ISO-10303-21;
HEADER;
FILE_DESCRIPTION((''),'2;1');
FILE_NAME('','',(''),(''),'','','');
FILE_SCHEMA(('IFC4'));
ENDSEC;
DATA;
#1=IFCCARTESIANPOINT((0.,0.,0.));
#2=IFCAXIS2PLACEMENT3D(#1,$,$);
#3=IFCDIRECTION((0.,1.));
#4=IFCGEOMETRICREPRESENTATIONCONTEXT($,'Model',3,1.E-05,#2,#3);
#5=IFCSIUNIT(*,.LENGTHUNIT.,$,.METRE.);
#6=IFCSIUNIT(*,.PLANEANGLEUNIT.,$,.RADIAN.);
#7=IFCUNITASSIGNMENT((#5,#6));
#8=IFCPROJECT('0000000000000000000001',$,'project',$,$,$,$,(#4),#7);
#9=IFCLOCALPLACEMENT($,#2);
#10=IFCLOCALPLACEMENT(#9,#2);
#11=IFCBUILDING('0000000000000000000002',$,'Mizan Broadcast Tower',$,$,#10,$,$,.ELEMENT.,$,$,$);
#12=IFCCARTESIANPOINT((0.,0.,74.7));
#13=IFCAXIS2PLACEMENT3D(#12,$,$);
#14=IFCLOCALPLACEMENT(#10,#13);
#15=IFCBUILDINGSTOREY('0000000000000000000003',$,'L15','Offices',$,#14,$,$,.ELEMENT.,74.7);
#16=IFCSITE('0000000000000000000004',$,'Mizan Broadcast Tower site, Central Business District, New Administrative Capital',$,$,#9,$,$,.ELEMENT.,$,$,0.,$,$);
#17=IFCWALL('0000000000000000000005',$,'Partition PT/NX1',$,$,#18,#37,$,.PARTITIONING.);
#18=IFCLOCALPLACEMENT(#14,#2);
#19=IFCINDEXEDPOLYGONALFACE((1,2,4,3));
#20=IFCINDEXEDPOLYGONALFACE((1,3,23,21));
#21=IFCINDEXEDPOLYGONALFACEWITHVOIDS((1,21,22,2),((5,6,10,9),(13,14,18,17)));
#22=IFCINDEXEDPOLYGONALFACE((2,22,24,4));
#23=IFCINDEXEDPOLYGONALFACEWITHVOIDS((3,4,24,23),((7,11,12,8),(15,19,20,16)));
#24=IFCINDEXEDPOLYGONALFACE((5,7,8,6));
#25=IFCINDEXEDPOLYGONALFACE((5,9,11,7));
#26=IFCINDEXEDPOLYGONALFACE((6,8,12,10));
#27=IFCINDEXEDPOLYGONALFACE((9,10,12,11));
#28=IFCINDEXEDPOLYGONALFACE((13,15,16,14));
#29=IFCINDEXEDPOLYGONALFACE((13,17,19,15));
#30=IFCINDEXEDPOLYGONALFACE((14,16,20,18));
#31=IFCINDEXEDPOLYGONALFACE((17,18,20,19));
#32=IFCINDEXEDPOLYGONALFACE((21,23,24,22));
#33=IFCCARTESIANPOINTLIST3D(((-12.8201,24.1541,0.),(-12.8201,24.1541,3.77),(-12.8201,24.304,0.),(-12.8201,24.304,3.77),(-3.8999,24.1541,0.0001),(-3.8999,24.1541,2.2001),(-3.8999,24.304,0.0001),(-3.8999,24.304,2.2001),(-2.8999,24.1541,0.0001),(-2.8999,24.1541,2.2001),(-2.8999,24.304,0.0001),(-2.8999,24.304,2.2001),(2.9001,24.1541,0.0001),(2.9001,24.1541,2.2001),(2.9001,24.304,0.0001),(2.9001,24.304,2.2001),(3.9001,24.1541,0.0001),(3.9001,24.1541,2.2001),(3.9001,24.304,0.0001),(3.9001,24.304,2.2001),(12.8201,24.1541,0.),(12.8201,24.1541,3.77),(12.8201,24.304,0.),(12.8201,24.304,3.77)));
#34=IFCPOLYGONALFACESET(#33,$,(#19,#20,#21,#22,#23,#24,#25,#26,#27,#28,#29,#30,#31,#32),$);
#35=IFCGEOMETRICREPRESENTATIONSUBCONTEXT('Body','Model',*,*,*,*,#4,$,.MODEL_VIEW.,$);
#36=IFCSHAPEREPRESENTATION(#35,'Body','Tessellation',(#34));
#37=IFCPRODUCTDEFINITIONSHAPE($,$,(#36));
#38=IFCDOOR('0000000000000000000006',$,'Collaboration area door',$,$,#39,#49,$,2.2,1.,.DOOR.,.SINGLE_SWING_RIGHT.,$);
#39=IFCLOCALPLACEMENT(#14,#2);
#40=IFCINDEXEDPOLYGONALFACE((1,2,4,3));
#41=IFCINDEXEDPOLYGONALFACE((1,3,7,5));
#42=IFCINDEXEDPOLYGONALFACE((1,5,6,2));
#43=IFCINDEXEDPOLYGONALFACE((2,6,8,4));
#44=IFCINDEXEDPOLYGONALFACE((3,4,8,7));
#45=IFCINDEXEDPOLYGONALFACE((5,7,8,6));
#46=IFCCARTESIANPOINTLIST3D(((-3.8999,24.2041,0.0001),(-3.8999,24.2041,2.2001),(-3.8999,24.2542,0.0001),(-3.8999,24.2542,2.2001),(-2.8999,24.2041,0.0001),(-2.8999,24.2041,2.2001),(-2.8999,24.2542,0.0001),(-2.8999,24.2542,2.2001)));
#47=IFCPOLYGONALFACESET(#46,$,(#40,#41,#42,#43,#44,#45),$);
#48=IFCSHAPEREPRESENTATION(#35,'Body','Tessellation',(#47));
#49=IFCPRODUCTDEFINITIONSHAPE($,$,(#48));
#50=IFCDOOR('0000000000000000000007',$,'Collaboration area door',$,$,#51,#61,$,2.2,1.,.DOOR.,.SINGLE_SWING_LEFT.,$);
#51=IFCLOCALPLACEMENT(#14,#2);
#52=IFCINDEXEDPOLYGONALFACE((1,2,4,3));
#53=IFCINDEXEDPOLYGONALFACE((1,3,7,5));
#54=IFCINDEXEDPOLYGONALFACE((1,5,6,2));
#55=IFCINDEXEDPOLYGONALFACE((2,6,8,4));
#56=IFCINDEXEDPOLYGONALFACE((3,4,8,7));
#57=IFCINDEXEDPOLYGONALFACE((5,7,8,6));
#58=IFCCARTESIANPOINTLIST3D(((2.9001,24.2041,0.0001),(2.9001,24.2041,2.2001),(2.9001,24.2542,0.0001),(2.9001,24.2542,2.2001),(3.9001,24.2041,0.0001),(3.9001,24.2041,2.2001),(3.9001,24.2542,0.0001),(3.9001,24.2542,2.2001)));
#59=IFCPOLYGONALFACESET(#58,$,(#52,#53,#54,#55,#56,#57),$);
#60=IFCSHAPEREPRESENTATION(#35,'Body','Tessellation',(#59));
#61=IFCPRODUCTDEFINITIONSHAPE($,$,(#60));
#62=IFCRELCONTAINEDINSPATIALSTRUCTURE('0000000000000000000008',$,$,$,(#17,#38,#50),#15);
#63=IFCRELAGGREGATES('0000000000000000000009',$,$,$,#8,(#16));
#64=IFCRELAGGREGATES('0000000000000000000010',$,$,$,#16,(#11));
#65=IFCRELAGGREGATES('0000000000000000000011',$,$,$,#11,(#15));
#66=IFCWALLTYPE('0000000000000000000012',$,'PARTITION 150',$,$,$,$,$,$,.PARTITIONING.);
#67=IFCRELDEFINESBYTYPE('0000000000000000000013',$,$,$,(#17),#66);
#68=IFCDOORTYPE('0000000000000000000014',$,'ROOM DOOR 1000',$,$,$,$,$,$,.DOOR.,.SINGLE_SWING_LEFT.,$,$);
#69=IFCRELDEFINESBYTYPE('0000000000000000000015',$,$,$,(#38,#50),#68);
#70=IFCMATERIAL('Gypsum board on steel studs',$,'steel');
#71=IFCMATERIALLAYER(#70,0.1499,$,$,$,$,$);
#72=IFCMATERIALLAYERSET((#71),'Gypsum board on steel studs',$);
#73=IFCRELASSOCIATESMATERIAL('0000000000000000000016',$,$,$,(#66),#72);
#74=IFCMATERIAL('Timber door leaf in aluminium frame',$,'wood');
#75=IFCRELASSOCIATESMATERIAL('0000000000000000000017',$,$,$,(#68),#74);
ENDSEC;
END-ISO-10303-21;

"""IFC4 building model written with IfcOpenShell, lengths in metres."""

from ifc_helpers import new_model, si_unit, direction, frame, frame_2d, origin, place, context, subcontext, project, spatial, rectangle, extrude, material, layer, layer_set, type_object, element, fill, save


model = new_model("IFC4")

# Units and contexts
model_context = context("Model", 3, precision=1e-05, world=origin(), true_north=direction((0.0, 1.0)))
body_context = subcontext(model_context, "Body", "Model", "MODEL_VIEW")
ifc_project = project(units=[si_unit("LENGTHUNIT", "METRE"), si_unit("PLANEANGLEUNIT", "RADIAN")], contexts=[model_context])

# Site, building, storey
site_placement = place(None, origin())
site = spatial("IfcSite", under=ifc_project, at=site_placement, Name="Mizan Broadcast Tower site, Central Business District, New Administrative Capital", CompositionType="ELEMENT", RefElevation=0.0)
building_placement = place(site_placement, origin())
building = spatial("IfcBuilding", under=site, at=building_placement, Name="Mizan Broadcast Tower", CompositionType="ELEMENT")
storey_placement = place(building_placement, frame((0.0, 0.0, 74.7)))
storey = spatial("IfcBuildingStorey", under=building, at=storey_placement, Name="L15", Description="Offices", CompositionType="ELEMENT", Elevation=74.7)

# Wall, openings, doors
ifc_material_1 = material(Name="Gypsum board on steel studs", Category="steel")
ifc_layer_1 = layer(ifc_material_1, 0.1499)
ifc_layer_set_1 = layer_set([ifc_layer_1], Name="Gypsum board on steel studs")
wall_type = type_object("IfcWallType", Name="PARTITION 150", PredefinedType="PARTITIONING", material=ifc_layer_set_1)
wall_placement = place(storey_placement, frame((12.8201, 24.229, 0.0), z_axis=(0.0, 0.0, 1.0), x_axis=(-1.0, 0.0, 0.0)))
wall = element("IfcWall", 1, at=wall_placement, inside=storey, type_object=wall_type, Name="Partition PT/NX1", PredefinedType="PARTITIONING", context=body_context, shape_type="SweptSolid", body=[
    extrude(rectangle(XDim=25.6401, YDim=0.1499, at=frame_2d((12.8201, 0.0))), origin(), (0.0, 0.0, 1.0), 3.77),
])
opening_1_placement = place(wall_placement, frame((15.72, 0.0, 0.0)))
opening_1 = element("IfcOpeningElement", 2, at=opening_1_placement, cuts=wall, PredefinedType="OPENING", context=body_context, shape_type="SweptSolid", body=[
    extrude(rectangle(XDim=1.0, YDim=2.2, at=frame_2d((0.5, 1.1001))), frame((0.0, 0.085, 0.0), z_axis=(0.0, -1.0, 0.0), x_axis=(1.0, 0.0, 0.0)), (0.0, 0.0, 1.0), 0.1699),
])
opening_2_placement = place(wall_placement, frame((8.9199, 0.0, 0.0)))
opening_2 = element("IfcOpeningElement", 3, at=opening_2_placement, cuts=wall, PredefinedType="OPENING", context=body_context, shape_type="SweptSolid", body=[
    extrude(rectangle(XDim=1.0, YDim=2.2, at=frame_2d((0.5, 1.1001))), frame((0.0, 0.085, 0.0), z_axis=(0.0, -1.0, 0.0), x_axis=(1.0, 0.0, 0.0)), (0.0, 0.0, 1.0), 0.1699),
])
ifc_material_2 = material(Name="Timber door leaf in aluminium frame", Category="wood")
door_type = type_object("IfcDoorType", Name="ROOM DOOR 1000", OperationType="SINGLE_SWING_LEFT", PredefinedType="DOOR", material=ifc_material_2)
door_1_placement = place(opening_1_placement, origin())
door_1 = element("IfcDoor", 4, at=door_1_placement, inside=storey, type_object=door_type, Name="Collaboration area door", OperationType="SINGLE_SWING_RIGHT", OverallHeight=2.2, OverallWidth=1.0, PredefinedType="DOOR", context=body_context, shape_type="SweptSolid", body=[
    extrude(rectangle(XDim=1.0, YDim=2.2, at=frame_2d((0.5, 1.1001))), frame((0.0, 0.0249, 0.0), z_axis=(0.0, -1.0, 0.0), x_axis=(1.0, 0.0, 0.0)), (0.0, 0.0, 1.0), 0.05),
])
fill(opening_1, door_1)
door_2_placement = place(opening_2_placement, origin())
door_2 = element("IfcDoor", 5, at=door_2_placement, inside=storey, type_object=door_type, Name="Collaboration area door", OperationType="SINGLE_SWING_LEFT", OverallHeight=2.2, OverallWidth=1.0, PredefinedType="DOOR", context=body_context, shape_type="SweptSolid", body=[
    extrude(rectangle(XDim=1.0, YDim=2.2, at=frame_2d((0.5, 1.1001))), frame((0.0, 0.0249, 0.0), z_axis=(0.0, -1.0, 0.0), x_axis=(1.0, 0.0, 0.0)), (0.0, 0.0, 1.0), 0.05),
])
fill(opening_2, door_2)

save(model, "model.ifc")
